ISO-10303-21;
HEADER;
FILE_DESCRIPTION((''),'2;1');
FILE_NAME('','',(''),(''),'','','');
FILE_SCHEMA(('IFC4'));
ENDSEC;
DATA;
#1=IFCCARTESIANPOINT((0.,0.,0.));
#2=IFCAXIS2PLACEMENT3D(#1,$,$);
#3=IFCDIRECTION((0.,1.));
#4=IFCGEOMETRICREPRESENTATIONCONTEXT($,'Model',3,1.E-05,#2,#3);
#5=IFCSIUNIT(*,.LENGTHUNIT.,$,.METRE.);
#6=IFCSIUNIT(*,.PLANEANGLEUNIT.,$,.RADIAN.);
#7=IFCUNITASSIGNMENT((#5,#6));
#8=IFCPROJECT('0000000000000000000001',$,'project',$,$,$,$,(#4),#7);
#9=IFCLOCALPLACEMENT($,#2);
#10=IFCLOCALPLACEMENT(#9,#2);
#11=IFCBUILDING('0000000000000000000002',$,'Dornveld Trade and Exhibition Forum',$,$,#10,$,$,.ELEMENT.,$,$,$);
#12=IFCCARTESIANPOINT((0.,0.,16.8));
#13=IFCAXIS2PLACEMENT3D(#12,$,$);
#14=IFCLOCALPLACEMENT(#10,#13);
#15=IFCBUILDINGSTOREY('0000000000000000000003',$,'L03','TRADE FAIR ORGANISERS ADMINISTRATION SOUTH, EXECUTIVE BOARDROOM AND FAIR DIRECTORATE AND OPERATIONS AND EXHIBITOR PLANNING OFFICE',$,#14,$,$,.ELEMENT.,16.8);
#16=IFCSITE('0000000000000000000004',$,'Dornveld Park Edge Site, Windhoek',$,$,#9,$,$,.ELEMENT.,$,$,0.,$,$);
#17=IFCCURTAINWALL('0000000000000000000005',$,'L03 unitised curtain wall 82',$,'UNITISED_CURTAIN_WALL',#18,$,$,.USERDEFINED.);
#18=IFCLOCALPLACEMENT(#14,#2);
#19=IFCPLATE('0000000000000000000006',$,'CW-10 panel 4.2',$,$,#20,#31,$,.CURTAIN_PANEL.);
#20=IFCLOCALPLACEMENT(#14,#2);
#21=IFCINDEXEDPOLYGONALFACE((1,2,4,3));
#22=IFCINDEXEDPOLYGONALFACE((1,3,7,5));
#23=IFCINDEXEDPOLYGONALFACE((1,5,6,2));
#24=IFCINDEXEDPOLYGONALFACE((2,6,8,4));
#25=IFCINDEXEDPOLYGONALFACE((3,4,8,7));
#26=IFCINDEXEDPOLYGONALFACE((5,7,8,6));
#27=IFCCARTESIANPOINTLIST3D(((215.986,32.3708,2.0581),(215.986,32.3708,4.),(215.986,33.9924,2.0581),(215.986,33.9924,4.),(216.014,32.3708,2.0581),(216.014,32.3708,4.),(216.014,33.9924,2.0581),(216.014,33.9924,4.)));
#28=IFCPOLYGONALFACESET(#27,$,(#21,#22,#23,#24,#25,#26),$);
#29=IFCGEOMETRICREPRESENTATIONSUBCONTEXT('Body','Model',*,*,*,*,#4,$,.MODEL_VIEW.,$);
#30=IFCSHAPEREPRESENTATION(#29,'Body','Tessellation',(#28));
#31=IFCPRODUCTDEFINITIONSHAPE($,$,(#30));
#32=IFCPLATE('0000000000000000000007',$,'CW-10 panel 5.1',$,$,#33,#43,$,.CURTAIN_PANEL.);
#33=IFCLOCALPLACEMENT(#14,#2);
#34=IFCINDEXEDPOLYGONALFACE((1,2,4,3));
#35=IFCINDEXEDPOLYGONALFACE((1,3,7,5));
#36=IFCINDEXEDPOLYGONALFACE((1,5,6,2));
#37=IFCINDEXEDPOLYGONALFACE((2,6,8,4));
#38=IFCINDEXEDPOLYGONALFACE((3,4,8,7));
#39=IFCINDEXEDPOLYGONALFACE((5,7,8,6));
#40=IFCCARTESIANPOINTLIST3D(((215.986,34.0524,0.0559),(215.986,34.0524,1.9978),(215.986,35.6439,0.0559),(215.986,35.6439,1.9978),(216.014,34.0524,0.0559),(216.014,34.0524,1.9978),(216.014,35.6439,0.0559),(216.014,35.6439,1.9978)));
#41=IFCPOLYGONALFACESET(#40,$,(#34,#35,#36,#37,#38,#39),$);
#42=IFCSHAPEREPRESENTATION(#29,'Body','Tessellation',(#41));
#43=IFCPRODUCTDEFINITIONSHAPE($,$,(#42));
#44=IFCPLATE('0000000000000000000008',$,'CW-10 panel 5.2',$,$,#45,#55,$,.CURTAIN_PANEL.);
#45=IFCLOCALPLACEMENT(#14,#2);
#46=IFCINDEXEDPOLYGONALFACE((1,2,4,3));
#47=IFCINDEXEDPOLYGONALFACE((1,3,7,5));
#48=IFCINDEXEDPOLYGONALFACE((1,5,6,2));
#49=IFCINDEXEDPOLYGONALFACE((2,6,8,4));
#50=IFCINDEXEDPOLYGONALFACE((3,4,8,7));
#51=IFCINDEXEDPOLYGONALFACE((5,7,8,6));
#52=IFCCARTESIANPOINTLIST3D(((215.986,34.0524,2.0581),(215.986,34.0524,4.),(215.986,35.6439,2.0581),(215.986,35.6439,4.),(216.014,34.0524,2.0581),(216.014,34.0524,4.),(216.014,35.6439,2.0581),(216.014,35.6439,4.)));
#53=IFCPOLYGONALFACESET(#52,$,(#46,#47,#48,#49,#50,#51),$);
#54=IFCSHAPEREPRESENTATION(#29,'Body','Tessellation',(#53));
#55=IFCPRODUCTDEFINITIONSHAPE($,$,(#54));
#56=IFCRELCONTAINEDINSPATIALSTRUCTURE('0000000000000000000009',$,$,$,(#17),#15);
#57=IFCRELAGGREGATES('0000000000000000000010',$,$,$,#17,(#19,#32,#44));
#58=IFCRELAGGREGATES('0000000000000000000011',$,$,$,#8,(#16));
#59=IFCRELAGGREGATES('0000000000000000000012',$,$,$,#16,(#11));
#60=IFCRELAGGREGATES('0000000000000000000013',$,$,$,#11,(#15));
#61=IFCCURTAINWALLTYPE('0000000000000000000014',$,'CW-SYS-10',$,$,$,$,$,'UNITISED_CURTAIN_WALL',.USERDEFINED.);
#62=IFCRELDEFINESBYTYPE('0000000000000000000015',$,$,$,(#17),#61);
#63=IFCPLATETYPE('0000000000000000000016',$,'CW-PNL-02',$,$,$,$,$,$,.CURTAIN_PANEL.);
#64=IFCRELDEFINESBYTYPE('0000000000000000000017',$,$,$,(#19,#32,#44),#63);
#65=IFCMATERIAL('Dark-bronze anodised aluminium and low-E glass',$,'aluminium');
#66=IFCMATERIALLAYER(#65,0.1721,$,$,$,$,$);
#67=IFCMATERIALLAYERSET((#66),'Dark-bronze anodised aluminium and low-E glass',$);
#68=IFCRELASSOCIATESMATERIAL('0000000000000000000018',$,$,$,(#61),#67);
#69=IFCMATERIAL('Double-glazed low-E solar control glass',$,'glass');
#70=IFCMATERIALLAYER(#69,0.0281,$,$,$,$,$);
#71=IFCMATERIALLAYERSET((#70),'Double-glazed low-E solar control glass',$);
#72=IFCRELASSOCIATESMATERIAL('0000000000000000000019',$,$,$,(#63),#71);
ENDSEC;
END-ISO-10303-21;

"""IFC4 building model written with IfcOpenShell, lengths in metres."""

from ifc_helpers import new_model, si_unit, direction, frame, origin, origin_2d, place, context, subcontext, project, spatial, rectangle, extrude, material, layer, layer_set, type_object, element, aggregate, save


model = new_model("IFC4")

# Units and contexts
model_context = context("Model", 3, precision=1e-05, world=origin(), true_north=direction((0.0, 1.0)))
body_context = subcontext(model_context, "Body", "Model", "MODEL_VIEW")
ifc_project = project(units=[si_unit("LENGTHUNIT", "METRE"), si_unit("PLANEANGLEUNIT", "RADIAN")], contexts=[model_context])

# Site, building, storey
site_placement = place(None, origin())
site = spatial("IfcSite", under=ifc_project, at=site_placement, Name="Dornveld Park Edge Site, Windhoek", CompositionType="ELEMENT", RefElevation=0.0)
building_placement = place(site_placement, origin())
building = spatial("IfcBuilding", under=site, at=building_placement, Name="Dornveld Trade and Exhibition Forum", CompositionType="ELEMENT")
storey_placement = place(building_placement, frame((0.0, 0.0, 16.8)))
storey = spatial("IfcBuildingStorey", under=building, at=storey_placement, Name="L03", Description="TRADE FAIR ORGANISERS ADMINISTRATION SOUTH, EXECUTIVE BOARDROOM AND FAIR DIRECTORATE AND OPERATIONS AND EXHIBITOR PLANNING OFFICE", CompositionType="ELEMENT", Elevation=16.8)

# Curtain wall, plates
ifc_material_1 = material(Name="Dark-bronze anodised aluminium and low-E glass", Category="aluminium")
ifc_layer_1 = layer(ifc_material_1, 0.1721)
ifc_layer_set_1 = layer_set([ifc_layer_1], Name="Dark-bronze anodised aluminium and low-E glass")
curtain_wall_type = type_object("IfcCurtainWallType", Name="CW-SYS-10", ElementType="UNITISED_CURTAIN_WALL", PredefinedType="USERDEFINED", material=ifc_layer_set_1)
curtain_wall_placement = place(storey_placement, origin())
curtain_wall = element("IfcCurtainWall", 1, at=curtain_wall_placement, inside=storey, type_object=curtain_wall_type, Name="L03 unitised curtain wall 82", ObjectType="UNITISED_CURTAIN_WALL", PredefinedType="USERDEFINED")
ifc_material_2 = material(Name="Double-glazed low-E solar control glass", Category="glass")
ifc_layer_2 = layer(ifc_material_2, 0.0281)
ifc_layer_set_2 = layer_set([ifc_layer_2], Name="Double-glazed low-E solar control glass")
plate_type = type_object("IfcPlateType", Name="CW-PNL-02", PredefinedType="CURTAIN_PANEL", material=ifc_layer_set_2)
plate_1_placement = place(storey_placement, frame((216.0, 33.1816, 2.0581), z_axis=(0.0, 0.0, 1.0), x_axis=(0.0, 1.0, 0.0)))
plate_1 = element("IfcPlate", 2, at=plate_1_placement, type_object=plate_type, Name="CW-10 panel 4.2", PredefinedType="CURTAIN_PANEL", context=body_context, shape_type="SweptSolid", body=[
    extrude(rectangle(XDim=1.6216, YDim=0.0281, at=origin_2d()), origin(), (0.0, 0.0, 1.0), 1.9419),
])
plate_2_placement = place(storey_placement, frame((216.0, 34.8481, 0.0559), z_axis=(0.0, 0.0, 1.0), x_axis=(0.0, 1.0, 0.0)))
plate_2 = element("IfcPlate", 3, at=plate_2_placement, type_object=plate_type, Name="CW-10 panel 5.1", PredefinedType="CURTAIN_PANEL", context=body_context, shape_type="SweptSolid", body=[
    extrude(rectangle(XDim=1.5916, YDim=0.0281, at=origin_2d()), origin(), (0.0, 0.0, 1.0), 1.9419),
])
plate_3_placement = place(storey_placement, frame((216.0, 34.8481, 2.0581), z_axis=(0.0, 0.0, 1.0), x_axis=(0.0, 1.0, 0.0)))
plate_3 = element("IfcPlate", 4, at=plate_3_placement, type_object=plate_type, Name="CW-10 panel 5.2", PredefinedType="CURTAIN_PANEL", context=body_context, shape_type="SweptSolid", body=[
    extrude(rectangle(XDim=1.5916, YDim=0.0281, at=origin_2d()), origin(), (0.0, 0.0, 1.0), 1.9419),
])
aggregate(curtain_wall, [plate_1, plate_2, plate_3])

save(model, "model.ifc")
